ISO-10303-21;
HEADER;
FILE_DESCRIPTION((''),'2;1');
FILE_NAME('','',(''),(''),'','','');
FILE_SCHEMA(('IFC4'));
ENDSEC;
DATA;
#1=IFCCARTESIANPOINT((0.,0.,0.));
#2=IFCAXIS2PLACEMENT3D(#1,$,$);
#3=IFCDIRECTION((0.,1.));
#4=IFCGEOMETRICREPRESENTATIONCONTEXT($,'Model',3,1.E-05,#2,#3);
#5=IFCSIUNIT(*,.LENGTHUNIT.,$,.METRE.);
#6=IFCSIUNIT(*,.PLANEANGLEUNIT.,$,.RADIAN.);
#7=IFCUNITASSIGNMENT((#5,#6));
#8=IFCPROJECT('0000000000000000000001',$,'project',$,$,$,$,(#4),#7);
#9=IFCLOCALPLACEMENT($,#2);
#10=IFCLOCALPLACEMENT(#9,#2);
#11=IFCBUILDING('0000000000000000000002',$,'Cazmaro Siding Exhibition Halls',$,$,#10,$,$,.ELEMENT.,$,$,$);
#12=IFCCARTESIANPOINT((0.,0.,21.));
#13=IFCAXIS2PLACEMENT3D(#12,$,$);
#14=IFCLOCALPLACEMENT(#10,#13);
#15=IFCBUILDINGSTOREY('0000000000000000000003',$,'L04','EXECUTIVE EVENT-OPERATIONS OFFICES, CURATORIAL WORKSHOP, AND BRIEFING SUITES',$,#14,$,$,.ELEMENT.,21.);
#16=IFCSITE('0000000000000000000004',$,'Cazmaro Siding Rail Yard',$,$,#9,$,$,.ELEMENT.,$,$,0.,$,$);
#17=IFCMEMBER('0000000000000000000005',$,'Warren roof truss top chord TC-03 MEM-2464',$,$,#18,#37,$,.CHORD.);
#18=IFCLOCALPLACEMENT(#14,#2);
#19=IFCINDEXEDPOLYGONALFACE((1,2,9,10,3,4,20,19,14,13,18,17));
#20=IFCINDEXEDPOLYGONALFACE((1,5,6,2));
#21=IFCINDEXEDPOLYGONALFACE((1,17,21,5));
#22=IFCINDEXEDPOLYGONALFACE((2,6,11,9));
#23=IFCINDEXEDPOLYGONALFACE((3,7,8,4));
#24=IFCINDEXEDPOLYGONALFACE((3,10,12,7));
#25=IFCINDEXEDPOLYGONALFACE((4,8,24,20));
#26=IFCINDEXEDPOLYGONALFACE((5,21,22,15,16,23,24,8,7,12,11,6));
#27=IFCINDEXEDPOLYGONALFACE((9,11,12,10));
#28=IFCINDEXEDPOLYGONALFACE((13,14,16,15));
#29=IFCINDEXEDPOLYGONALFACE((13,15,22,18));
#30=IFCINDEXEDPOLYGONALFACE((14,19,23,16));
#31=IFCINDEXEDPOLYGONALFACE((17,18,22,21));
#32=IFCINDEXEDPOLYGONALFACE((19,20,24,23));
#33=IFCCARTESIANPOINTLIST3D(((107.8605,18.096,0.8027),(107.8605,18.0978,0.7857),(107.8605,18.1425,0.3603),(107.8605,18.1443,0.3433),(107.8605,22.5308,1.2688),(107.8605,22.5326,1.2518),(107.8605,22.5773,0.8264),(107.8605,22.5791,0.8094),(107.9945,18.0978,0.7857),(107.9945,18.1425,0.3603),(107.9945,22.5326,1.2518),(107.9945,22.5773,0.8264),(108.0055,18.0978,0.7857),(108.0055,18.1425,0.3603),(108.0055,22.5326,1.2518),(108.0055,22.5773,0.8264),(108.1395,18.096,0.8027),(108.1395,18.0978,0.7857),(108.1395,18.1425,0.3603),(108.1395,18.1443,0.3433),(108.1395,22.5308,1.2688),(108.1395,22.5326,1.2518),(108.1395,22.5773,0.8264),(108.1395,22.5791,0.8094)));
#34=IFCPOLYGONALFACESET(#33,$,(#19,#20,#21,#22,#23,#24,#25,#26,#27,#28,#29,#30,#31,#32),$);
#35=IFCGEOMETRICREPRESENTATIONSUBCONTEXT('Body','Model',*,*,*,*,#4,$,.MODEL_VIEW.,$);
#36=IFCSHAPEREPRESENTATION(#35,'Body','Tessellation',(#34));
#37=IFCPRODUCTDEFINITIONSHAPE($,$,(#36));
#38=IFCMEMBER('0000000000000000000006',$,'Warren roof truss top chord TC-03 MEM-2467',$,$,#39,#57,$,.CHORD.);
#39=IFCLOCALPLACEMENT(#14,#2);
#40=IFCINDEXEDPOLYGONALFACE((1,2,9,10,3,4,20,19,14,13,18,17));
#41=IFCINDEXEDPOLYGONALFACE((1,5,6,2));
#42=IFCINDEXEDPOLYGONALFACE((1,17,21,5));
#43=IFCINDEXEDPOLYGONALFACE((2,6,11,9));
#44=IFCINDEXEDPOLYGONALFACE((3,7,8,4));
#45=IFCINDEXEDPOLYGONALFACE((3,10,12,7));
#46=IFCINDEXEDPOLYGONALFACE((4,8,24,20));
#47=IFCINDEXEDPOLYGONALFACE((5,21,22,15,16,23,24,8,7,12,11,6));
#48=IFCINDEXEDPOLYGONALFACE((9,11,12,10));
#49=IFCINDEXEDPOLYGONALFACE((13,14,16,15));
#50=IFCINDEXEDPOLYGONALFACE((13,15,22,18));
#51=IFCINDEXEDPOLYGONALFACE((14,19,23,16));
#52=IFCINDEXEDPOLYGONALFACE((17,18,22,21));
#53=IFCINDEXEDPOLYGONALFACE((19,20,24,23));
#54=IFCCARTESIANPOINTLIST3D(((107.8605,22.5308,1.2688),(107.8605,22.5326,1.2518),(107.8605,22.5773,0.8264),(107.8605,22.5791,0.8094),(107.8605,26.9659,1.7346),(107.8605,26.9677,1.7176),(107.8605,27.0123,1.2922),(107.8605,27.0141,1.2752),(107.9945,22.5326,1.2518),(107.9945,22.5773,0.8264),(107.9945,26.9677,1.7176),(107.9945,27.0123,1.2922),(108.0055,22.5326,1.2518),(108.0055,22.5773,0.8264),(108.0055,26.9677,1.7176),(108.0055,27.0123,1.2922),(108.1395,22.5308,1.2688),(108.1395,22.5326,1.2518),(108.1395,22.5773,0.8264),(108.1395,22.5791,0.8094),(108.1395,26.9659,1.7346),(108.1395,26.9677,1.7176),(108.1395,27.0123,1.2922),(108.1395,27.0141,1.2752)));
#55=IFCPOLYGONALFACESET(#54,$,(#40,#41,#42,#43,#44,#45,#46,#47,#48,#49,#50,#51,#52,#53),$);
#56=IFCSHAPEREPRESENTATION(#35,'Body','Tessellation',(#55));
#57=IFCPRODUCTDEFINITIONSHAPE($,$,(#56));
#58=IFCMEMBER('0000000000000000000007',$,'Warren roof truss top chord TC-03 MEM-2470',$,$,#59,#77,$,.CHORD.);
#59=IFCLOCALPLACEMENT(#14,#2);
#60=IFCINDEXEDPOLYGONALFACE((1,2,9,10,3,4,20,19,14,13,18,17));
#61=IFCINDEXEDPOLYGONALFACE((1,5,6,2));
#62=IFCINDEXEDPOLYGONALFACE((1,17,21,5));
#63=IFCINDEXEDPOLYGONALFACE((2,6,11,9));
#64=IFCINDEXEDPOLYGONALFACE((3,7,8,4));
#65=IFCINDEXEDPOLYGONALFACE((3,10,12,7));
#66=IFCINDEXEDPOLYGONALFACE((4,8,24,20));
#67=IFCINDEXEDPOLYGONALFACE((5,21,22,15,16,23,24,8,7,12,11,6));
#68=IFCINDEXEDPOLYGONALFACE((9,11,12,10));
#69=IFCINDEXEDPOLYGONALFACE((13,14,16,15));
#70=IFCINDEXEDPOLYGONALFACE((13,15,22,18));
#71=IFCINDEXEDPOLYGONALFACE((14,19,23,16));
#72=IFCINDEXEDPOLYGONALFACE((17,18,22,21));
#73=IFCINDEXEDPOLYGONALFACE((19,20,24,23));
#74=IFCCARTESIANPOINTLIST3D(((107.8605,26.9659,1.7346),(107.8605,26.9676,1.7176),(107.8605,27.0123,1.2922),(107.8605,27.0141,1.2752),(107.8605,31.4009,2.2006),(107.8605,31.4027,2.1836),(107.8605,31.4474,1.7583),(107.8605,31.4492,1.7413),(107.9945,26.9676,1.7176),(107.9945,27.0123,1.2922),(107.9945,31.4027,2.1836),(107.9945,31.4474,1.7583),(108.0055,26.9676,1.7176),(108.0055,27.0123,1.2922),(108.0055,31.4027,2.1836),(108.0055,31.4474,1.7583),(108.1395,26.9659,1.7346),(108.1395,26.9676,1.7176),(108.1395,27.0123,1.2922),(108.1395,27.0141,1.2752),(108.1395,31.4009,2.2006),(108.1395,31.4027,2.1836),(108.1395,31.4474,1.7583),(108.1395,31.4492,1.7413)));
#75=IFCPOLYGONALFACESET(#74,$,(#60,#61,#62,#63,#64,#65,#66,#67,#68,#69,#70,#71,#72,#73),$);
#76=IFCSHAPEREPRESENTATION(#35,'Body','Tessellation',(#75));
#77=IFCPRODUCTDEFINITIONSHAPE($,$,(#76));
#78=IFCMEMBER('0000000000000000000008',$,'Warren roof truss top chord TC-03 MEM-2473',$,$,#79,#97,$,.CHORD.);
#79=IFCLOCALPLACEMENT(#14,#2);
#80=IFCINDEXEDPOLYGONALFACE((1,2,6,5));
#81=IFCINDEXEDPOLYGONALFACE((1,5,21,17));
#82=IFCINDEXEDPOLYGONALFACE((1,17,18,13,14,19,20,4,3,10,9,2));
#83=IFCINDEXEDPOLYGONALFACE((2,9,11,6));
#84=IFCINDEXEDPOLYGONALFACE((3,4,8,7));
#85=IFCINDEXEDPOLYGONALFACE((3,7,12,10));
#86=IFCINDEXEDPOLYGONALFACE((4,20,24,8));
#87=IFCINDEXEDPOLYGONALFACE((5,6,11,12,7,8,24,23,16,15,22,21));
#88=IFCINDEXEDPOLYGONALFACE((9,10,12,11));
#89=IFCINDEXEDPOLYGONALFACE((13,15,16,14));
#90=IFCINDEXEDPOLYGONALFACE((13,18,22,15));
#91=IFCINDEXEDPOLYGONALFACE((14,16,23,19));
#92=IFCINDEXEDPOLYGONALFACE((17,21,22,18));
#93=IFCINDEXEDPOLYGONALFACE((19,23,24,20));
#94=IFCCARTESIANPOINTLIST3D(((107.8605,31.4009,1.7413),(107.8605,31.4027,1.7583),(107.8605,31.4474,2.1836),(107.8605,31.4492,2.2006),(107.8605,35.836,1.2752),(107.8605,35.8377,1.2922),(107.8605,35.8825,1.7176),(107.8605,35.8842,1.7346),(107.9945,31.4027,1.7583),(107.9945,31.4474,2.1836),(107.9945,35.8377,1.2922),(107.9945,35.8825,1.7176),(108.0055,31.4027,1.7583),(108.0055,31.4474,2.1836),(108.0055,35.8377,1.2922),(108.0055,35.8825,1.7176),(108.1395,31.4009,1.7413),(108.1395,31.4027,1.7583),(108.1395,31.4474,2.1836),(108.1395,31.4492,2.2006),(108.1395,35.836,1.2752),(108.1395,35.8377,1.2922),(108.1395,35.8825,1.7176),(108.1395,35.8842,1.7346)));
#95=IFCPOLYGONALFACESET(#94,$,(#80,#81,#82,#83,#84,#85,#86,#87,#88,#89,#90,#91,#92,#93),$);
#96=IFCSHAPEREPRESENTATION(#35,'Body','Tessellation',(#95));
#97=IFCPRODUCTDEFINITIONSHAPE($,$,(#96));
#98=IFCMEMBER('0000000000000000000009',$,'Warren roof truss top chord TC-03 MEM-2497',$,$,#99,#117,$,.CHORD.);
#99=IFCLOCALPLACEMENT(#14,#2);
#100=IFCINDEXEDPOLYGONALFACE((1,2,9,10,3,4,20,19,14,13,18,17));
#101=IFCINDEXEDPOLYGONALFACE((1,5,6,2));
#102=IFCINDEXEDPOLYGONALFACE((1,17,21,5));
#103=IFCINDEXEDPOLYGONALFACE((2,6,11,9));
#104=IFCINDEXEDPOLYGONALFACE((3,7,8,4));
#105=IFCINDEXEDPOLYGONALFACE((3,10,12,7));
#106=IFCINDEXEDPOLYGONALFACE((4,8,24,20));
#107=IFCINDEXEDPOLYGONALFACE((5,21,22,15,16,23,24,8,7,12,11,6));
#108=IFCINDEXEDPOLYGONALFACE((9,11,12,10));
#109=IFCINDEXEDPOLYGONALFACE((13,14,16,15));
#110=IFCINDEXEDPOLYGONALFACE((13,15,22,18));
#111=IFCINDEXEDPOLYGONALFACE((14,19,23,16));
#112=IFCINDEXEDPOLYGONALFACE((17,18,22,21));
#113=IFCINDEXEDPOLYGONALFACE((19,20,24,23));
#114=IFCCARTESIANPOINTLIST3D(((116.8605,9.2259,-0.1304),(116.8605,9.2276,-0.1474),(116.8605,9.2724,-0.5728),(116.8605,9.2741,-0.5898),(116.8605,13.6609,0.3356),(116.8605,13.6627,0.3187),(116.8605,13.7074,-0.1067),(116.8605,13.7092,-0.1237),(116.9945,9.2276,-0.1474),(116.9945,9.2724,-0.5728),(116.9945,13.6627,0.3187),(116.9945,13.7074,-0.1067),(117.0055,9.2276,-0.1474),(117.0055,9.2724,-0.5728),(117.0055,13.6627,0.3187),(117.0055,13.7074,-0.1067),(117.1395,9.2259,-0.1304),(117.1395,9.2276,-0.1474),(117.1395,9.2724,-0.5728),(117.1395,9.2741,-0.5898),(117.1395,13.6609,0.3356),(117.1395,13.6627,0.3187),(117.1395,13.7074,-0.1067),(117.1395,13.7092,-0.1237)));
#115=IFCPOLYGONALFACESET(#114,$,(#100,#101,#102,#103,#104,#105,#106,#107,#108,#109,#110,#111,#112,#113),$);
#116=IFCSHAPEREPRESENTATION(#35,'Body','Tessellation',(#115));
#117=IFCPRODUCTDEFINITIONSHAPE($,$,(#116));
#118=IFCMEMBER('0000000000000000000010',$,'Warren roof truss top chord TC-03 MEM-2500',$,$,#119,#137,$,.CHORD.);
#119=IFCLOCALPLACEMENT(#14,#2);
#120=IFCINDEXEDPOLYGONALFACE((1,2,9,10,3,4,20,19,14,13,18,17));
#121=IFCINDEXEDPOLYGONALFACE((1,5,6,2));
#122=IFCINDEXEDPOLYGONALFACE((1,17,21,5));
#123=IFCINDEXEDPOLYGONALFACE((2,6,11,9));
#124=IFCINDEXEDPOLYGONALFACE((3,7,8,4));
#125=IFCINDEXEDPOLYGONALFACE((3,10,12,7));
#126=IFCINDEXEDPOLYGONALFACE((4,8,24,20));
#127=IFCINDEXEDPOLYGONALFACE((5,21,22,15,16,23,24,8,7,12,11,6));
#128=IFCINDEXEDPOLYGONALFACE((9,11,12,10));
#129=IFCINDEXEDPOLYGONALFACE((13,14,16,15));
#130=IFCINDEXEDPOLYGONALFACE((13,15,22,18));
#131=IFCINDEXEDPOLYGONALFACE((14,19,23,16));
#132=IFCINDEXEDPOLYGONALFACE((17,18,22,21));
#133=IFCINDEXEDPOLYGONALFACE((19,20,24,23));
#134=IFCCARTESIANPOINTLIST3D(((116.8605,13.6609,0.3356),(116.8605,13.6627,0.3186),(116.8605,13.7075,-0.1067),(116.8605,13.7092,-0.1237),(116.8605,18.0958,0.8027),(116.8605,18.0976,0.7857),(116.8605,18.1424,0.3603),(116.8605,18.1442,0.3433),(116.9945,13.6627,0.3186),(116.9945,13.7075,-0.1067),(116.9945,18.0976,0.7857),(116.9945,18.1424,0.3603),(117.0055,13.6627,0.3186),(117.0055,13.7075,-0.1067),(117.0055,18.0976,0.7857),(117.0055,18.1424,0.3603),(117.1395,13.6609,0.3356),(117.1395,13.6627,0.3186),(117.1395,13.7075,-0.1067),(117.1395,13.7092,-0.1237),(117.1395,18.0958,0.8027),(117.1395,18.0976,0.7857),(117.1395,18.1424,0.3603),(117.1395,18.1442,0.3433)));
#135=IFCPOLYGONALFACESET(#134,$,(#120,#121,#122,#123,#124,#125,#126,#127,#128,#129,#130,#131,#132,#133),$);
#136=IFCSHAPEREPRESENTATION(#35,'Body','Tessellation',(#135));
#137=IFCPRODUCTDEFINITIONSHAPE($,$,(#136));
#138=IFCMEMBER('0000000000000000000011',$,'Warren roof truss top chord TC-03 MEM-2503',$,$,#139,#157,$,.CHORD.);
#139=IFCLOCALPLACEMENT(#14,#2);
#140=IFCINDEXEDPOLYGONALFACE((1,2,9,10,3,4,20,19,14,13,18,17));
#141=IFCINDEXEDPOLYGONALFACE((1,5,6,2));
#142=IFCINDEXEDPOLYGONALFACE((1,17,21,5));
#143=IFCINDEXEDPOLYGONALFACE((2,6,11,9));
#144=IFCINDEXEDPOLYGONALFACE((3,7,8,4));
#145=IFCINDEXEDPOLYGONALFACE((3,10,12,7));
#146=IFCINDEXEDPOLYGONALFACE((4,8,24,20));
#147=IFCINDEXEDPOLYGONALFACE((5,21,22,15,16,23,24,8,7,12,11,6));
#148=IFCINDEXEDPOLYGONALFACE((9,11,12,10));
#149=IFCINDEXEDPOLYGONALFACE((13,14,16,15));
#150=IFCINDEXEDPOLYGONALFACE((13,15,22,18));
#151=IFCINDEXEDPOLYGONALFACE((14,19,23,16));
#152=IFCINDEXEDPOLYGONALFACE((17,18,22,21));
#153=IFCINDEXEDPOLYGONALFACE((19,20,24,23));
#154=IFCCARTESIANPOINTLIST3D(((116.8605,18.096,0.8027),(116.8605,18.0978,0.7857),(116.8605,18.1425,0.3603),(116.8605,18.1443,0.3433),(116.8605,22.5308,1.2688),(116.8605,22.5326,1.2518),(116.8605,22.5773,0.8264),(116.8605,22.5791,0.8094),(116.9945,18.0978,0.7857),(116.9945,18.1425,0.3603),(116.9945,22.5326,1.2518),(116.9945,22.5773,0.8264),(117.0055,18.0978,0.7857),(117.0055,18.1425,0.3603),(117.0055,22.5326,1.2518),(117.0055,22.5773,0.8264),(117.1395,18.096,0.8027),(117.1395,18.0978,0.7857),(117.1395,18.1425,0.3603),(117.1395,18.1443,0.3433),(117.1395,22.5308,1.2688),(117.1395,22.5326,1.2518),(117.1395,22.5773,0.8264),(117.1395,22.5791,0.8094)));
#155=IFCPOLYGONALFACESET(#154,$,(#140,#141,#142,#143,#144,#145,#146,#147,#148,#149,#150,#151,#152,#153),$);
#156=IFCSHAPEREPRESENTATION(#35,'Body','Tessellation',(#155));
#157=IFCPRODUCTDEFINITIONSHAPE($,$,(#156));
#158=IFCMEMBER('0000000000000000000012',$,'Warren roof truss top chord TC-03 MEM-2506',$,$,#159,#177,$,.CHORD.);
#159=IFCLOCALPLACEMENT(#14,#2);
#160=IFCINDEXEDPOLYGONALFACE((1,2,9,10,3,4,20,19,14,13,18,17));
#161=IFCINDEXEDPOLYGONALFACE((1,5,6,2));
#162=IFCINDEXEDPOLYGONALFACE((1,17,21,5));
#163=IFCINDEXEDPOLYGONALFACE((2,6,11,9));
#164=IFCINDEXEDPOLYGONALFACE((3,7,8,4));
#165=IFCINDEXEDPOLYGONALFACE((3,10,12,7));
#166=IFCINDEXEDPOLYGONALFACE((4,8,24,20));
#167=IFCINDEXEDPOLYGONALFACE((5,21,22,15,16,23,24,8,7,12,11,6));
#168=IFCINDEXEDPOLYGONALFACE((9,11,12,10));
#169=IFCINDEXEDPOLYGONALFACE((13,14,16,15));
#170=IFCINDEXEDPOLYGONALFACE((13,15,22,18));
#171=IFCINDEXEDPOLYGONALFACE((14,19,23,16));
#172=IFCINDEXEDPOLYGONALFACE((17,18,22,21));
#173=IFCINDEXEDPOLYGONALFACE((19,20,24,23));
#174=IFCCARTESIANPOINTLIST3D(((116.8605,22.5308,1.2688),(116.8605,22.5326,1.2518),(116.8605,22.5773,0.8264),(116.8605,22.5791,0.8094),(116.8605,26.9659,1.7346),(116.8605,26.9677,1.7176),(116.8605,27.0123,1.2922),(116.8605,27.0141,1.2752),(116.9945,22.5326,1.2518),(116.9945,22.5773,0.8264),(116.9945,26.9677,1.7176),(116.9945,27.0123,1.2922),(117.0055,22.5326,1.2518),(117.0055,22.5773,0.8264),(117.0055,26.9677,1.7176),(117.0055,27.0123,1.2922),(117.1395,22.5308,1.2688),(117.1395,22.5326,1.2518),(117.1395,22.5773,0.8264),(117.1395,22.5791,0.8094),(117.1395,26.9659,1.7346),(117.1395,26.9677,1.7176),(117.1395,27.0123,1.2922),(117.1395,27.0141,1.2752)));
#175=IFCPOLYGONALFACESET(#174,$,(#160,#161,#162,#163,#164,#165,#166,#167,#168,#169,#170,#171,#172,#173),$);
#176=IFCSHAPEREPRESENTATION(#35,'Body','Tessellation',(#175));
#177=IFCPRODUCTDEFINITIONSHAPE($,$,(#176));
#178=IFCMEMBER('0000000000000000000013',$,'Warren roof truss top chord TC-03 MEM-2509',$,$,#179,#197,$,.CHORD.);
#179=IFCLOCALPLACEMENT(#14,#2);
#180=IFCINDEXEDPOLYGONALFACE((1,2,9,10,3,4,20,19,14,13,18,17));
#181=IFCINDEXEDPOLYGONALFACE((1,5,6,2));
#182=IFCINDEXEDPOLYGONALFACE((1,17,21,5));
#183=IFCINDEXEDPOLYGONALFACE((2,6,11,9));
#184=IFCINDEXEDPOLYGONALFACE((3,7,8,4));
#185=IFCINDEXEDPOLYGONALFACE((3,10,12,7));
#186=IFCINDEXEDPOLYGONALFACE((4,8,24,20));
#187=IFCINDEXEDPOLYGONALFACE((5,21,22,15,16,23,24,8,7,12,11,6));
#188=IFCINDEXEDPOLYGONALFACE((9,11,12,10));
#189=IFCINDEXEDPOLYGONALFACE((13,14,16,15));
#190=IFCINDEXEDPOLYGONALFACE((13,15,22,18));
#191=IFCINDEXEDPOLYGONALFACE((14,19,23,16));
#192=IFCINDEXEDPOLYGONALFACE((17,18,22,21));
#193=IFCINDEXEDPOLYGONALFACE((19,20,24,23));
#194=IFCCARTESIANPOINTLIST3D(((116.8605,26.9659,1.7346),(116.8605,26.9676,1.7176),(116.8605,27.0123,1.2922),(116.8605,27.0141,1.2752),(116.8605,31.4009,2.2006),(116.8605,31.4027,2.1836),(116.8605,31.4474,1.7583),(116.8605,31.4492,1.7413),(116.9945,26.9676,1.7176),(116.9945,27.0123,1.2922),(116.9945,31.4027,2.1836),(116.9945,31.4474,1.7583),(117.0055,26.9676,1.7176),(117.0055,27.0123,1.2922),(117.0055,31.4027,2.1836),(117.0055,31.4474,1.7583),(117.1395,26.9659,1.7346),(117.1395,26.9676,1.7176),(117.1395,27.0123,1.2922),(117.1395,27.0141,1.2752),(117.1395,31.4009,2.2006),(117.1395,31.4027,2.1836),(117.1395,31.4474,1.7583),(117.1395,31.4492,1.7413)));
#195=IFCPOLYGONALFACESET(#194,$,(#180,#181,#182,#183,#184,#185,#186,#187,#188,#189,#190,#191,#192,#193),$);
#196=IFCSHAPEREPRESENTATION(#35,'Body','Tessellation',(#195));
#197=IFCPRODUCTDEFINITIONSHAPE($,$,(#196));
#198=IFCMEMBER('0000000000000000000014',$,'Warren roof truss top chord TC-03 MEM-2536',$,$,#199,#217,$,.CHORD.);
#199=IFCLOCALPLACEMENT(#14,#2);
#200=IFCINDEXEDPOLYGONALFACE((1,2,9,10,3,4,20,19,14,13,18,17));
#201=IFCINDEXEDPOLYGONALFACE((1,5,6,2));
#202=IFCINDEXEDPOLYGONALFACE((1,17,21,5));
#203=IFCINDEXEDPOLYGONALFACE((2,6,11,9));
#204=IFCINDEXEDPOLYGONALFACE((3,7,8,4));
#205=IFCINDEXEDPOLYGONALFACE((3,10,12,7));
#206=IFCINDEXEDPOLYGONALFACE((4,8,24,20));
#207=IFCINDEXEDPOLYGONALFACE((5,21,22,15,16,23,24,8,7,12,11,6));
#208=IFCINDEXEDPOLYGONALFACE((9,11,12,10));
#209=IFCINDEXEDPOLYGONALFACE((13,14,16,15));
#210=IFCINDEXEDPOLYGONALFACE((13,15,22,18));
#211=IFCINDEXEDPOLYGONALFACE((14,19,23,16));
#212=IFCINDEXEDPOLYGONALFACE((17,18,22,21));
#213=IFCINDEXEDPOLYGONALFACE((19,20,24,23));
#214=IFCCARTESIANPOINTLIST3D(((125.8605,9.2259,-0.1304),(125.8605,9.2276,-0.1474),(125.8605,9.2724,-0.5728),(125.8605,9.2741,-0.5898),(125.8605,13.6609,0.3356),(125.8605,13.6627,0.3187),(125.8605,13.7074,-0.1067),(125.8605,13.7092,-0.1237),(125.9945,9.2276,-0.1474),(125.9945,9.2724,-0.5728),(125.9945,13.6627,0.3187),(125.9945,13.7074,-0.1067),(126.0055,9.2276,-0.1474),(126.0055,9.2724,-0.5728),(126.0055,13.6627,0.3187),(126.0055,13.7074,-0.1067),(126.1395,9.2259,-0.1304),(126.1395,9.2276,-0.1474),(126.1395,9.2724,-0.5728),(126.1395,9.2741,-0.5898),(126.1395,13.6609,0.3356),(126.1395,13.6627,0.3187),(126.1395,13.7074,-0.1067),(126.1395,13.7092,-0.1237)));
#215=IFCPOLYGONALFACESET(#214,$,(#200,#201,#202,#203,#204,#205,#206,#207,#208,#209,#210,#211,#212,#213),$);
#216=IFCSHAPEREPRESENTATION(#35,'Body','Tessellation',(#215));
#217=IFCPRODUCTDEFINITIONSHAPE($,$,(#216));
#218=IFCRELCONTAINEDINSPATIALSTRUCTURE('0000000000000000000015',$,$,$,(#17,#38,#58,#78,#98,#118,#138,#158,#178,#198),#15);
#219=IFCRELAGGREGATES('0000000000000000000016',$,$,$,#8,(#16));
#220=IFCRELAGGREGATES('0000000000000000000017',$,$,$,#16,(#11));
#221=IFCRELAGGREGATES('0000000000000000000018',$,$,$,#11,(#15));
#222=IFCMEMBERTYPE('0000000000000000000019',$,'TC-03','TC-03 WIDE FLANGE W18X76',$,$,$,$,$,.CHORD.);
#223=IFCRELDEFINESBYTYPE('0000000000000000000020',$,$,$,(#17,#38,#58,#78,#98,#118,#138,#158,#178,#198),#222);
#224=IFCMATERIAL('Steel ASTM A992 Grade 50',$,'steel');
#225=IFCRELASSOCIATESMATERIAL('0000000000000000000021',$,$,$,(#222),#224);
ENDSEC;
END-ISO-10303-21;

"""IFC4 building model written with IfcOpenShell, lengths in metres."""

from ifc_helpers import new_model, si_unit, direction, frame, origin, origin_2d, place, context, subcontext, project, spatial, i_section, extrude, material, material_profile, profile_set, type_object, element, save


model = new_model("IFC4")

# Units and contexts
model_context = context("Model", 3, precision=1e-05, world=origin(), true_north=direction((0.0, 1.0)))
body_context = subcontext(model_context, "Body", "Model", "MODEL_VIEW")
ifc_project = project(units=[si_unit("LENGTHUNIT", "METRE"), si_unit("PLANEANGLEUNIT", "RADIAN")], contexts=[model_context])

# Site, building, storey
site_placement = place(None, origin())
site = spatial("IfcSite", under=ifc_project, at=site_placement, Name="Cazmaro Siding Rail Yard", CompositionType="ELEMENT", RefElevation=0.0)
building_placement = place(site_placement, origin())
building = spatial("IfcBuilding", under=site, at=building_placement, Name="Cazmaro Siding Exhibition Halls", CompositionType="ELEMENT")
storey_placement = place(building_placement, frame((0.0, 0.0, 21.0)))
storey = spatial("IfcBuildingStorey", under=building, at=storey_placement, Name="L04", Description="EXECUTIVE EVENT-OPERATIONS OFFICES, CURATORIAL WORKSHOP, AND BRIEFING SUITES", CompositionType="ELEMENT", Elevation=21.0)

# Members
ifc_material_1 = material(Name="Steel ASTM A992 Grade 50", Category="steel")
ifc_material_profile_1 = material_profile(ifc_material_1, i_section(OverallWidth=0.2791, OverallDepth=0.4619, WebThickness=0.011, FlangeThickness=0.0171, at=origin_2d()), Name="W18X76")
ifc_profile_set_1 = profile_set([ifc_material_profile_1], Name="Steel ASTM A992 Grade 50")
member_type_1 = type_object("IfcMemberType", Name="TC-03", Description="TC-03 WIDE FLANGE W18X76", PredefinedType="CHORD", material=ifc_profile_set_1)
member_1_placement = place(storey_placement, frame((108.0, 18.1201, 0.573), z_axis=(0.0, 0.994523, 0.104517), x_axis=(-1.0, 0.0, 0.0)))
element("IfcMember", 1, at=member_1_placement, inside=storey, type_object=member_type_1, Name="Warren roof truss top chord TC-03 MEM-2464", PredefinedType="CHORD", context=body_context, shape_type="SweptSolid", body=[
    extrude(i_section(OverallWidth=0.2791, OverallDepth=0.4619, WebThickness=0.011, FlangeThickness=0.0171, at=origin_2d()), origin(), (0.0, 0.0, 1.0), 4.4592),
])
for number, where, z_axis, x_axis, name in (
    (2, (108.0, 22.5549, 1.0391), (0.0, 0.994529, 0.104457), (-1.0, 0.0, 0.0), "Warren roof truss top chord TC-03 MEM-2467"),
    (3, (108.0, 26.99, 1.5049), (0.0, 0.994524, 0.104511), (-1.0, 0.0, 0.0), "Warren roof truss top chord TC-03 MEM-2470"),
    (4, (108.0, 31.425, 1.9709), (0.0, 0.994524, -0.104511), (-1.0, 0.0, 0.0), "Warren roof truss top chord TC-03 MEM-2473"),
    (5, (117.0, 9.25, -0.3601), (0.0, 0.994524, 0.104511), (-1.0, 0.0, 0.0), "Warren roof truss top chord TC-03 MEM-2497"),
    (6, (117.0, 13.6851, 0.106), (0.0, 0.994501, 0.104728), (-1.0, 0.0, 0.0), "Warren roof truss top chord TC-03 MEM-2500"),
):
    element("IfcMember", number, at=place(storey_placement, frame(where, z_axis=z_axis, x_axis=x_axis)), inside=storey, type_object=member_type_1, Name=name, PredefinedType="CHORD", context=body_context, shape_type="SweptSolid", body=[
        extrude(i_section(OverallWidth=0.2791, OverallDepth=0.4619, WebThickness=0.011, FlangeThickness=0.0171, at=origin_2d()), origin(), (0.0, 0.0, 1.0), 4.4595),
    ])
member_2_placement = place(storey_placement, frame((117.0, 18.1201, 0.573), z_axis=(0.0, 0.994523, 0.104517), x_axis=(-1.0, 0.0, 0.0)))
element("IfcMember", 7, at=member_2_placement, inside=storey, type_object=member_type_1, Name="Warren roof truss top chord TC-03 MEM-2503", PredefinedType="CHORD", context=body_context, shape_type="SweptSolid", body=[
    extrude(i_section(OverallWidth=0.2791, OverallDepth=0.4619, WebThickness=0.011, FlangeThickness=0.0171, at=origin_2d()), origin(), (0.0, 0.0, 1.0), 4.4592),
])
for number, where, z_axis, x_axis, name in (
    (8, (117.0, 22.5549, 1.0391), (0.0, 0.994529, 0.104457), (-1.0, 0.0, 0.0), "Warren roof truss top chord TC-03 MEM-2506"),
    (9, (117.0, 26.99, 1.5049), (0.0, 0.994524, 0.104511), (-1.0, 0.0, 0.0), "Warren roof truss top chord TC-03 MEM-2509"),
    (10, (126.0, 9.25, -0.3601), (0.0, 0.994524, 0.104511), (-1.0, 0.0, 0.0), "Warren roof truss top chord TC-03 MEM-2536"),
):
    element("IfcMember", number, at=place(storey_placement, frame(where, z_axis=z_axis, x_axis=x_axis)), inside=storey, type_object=member_type_1, Name=name, PredefinedType="CHORD", context=body_context, shape_type="SweptSolid", body=[
        extrude(i_section(OverallWidth=0.2791, OverallDepth=0.4619, WebThickness=0.011, FlangeThickness=0.0171, at=origin_2d()), origin(), (0.0, 0.0, 1.0), 4.4595),
    ])

save(model, "model.ifc")
